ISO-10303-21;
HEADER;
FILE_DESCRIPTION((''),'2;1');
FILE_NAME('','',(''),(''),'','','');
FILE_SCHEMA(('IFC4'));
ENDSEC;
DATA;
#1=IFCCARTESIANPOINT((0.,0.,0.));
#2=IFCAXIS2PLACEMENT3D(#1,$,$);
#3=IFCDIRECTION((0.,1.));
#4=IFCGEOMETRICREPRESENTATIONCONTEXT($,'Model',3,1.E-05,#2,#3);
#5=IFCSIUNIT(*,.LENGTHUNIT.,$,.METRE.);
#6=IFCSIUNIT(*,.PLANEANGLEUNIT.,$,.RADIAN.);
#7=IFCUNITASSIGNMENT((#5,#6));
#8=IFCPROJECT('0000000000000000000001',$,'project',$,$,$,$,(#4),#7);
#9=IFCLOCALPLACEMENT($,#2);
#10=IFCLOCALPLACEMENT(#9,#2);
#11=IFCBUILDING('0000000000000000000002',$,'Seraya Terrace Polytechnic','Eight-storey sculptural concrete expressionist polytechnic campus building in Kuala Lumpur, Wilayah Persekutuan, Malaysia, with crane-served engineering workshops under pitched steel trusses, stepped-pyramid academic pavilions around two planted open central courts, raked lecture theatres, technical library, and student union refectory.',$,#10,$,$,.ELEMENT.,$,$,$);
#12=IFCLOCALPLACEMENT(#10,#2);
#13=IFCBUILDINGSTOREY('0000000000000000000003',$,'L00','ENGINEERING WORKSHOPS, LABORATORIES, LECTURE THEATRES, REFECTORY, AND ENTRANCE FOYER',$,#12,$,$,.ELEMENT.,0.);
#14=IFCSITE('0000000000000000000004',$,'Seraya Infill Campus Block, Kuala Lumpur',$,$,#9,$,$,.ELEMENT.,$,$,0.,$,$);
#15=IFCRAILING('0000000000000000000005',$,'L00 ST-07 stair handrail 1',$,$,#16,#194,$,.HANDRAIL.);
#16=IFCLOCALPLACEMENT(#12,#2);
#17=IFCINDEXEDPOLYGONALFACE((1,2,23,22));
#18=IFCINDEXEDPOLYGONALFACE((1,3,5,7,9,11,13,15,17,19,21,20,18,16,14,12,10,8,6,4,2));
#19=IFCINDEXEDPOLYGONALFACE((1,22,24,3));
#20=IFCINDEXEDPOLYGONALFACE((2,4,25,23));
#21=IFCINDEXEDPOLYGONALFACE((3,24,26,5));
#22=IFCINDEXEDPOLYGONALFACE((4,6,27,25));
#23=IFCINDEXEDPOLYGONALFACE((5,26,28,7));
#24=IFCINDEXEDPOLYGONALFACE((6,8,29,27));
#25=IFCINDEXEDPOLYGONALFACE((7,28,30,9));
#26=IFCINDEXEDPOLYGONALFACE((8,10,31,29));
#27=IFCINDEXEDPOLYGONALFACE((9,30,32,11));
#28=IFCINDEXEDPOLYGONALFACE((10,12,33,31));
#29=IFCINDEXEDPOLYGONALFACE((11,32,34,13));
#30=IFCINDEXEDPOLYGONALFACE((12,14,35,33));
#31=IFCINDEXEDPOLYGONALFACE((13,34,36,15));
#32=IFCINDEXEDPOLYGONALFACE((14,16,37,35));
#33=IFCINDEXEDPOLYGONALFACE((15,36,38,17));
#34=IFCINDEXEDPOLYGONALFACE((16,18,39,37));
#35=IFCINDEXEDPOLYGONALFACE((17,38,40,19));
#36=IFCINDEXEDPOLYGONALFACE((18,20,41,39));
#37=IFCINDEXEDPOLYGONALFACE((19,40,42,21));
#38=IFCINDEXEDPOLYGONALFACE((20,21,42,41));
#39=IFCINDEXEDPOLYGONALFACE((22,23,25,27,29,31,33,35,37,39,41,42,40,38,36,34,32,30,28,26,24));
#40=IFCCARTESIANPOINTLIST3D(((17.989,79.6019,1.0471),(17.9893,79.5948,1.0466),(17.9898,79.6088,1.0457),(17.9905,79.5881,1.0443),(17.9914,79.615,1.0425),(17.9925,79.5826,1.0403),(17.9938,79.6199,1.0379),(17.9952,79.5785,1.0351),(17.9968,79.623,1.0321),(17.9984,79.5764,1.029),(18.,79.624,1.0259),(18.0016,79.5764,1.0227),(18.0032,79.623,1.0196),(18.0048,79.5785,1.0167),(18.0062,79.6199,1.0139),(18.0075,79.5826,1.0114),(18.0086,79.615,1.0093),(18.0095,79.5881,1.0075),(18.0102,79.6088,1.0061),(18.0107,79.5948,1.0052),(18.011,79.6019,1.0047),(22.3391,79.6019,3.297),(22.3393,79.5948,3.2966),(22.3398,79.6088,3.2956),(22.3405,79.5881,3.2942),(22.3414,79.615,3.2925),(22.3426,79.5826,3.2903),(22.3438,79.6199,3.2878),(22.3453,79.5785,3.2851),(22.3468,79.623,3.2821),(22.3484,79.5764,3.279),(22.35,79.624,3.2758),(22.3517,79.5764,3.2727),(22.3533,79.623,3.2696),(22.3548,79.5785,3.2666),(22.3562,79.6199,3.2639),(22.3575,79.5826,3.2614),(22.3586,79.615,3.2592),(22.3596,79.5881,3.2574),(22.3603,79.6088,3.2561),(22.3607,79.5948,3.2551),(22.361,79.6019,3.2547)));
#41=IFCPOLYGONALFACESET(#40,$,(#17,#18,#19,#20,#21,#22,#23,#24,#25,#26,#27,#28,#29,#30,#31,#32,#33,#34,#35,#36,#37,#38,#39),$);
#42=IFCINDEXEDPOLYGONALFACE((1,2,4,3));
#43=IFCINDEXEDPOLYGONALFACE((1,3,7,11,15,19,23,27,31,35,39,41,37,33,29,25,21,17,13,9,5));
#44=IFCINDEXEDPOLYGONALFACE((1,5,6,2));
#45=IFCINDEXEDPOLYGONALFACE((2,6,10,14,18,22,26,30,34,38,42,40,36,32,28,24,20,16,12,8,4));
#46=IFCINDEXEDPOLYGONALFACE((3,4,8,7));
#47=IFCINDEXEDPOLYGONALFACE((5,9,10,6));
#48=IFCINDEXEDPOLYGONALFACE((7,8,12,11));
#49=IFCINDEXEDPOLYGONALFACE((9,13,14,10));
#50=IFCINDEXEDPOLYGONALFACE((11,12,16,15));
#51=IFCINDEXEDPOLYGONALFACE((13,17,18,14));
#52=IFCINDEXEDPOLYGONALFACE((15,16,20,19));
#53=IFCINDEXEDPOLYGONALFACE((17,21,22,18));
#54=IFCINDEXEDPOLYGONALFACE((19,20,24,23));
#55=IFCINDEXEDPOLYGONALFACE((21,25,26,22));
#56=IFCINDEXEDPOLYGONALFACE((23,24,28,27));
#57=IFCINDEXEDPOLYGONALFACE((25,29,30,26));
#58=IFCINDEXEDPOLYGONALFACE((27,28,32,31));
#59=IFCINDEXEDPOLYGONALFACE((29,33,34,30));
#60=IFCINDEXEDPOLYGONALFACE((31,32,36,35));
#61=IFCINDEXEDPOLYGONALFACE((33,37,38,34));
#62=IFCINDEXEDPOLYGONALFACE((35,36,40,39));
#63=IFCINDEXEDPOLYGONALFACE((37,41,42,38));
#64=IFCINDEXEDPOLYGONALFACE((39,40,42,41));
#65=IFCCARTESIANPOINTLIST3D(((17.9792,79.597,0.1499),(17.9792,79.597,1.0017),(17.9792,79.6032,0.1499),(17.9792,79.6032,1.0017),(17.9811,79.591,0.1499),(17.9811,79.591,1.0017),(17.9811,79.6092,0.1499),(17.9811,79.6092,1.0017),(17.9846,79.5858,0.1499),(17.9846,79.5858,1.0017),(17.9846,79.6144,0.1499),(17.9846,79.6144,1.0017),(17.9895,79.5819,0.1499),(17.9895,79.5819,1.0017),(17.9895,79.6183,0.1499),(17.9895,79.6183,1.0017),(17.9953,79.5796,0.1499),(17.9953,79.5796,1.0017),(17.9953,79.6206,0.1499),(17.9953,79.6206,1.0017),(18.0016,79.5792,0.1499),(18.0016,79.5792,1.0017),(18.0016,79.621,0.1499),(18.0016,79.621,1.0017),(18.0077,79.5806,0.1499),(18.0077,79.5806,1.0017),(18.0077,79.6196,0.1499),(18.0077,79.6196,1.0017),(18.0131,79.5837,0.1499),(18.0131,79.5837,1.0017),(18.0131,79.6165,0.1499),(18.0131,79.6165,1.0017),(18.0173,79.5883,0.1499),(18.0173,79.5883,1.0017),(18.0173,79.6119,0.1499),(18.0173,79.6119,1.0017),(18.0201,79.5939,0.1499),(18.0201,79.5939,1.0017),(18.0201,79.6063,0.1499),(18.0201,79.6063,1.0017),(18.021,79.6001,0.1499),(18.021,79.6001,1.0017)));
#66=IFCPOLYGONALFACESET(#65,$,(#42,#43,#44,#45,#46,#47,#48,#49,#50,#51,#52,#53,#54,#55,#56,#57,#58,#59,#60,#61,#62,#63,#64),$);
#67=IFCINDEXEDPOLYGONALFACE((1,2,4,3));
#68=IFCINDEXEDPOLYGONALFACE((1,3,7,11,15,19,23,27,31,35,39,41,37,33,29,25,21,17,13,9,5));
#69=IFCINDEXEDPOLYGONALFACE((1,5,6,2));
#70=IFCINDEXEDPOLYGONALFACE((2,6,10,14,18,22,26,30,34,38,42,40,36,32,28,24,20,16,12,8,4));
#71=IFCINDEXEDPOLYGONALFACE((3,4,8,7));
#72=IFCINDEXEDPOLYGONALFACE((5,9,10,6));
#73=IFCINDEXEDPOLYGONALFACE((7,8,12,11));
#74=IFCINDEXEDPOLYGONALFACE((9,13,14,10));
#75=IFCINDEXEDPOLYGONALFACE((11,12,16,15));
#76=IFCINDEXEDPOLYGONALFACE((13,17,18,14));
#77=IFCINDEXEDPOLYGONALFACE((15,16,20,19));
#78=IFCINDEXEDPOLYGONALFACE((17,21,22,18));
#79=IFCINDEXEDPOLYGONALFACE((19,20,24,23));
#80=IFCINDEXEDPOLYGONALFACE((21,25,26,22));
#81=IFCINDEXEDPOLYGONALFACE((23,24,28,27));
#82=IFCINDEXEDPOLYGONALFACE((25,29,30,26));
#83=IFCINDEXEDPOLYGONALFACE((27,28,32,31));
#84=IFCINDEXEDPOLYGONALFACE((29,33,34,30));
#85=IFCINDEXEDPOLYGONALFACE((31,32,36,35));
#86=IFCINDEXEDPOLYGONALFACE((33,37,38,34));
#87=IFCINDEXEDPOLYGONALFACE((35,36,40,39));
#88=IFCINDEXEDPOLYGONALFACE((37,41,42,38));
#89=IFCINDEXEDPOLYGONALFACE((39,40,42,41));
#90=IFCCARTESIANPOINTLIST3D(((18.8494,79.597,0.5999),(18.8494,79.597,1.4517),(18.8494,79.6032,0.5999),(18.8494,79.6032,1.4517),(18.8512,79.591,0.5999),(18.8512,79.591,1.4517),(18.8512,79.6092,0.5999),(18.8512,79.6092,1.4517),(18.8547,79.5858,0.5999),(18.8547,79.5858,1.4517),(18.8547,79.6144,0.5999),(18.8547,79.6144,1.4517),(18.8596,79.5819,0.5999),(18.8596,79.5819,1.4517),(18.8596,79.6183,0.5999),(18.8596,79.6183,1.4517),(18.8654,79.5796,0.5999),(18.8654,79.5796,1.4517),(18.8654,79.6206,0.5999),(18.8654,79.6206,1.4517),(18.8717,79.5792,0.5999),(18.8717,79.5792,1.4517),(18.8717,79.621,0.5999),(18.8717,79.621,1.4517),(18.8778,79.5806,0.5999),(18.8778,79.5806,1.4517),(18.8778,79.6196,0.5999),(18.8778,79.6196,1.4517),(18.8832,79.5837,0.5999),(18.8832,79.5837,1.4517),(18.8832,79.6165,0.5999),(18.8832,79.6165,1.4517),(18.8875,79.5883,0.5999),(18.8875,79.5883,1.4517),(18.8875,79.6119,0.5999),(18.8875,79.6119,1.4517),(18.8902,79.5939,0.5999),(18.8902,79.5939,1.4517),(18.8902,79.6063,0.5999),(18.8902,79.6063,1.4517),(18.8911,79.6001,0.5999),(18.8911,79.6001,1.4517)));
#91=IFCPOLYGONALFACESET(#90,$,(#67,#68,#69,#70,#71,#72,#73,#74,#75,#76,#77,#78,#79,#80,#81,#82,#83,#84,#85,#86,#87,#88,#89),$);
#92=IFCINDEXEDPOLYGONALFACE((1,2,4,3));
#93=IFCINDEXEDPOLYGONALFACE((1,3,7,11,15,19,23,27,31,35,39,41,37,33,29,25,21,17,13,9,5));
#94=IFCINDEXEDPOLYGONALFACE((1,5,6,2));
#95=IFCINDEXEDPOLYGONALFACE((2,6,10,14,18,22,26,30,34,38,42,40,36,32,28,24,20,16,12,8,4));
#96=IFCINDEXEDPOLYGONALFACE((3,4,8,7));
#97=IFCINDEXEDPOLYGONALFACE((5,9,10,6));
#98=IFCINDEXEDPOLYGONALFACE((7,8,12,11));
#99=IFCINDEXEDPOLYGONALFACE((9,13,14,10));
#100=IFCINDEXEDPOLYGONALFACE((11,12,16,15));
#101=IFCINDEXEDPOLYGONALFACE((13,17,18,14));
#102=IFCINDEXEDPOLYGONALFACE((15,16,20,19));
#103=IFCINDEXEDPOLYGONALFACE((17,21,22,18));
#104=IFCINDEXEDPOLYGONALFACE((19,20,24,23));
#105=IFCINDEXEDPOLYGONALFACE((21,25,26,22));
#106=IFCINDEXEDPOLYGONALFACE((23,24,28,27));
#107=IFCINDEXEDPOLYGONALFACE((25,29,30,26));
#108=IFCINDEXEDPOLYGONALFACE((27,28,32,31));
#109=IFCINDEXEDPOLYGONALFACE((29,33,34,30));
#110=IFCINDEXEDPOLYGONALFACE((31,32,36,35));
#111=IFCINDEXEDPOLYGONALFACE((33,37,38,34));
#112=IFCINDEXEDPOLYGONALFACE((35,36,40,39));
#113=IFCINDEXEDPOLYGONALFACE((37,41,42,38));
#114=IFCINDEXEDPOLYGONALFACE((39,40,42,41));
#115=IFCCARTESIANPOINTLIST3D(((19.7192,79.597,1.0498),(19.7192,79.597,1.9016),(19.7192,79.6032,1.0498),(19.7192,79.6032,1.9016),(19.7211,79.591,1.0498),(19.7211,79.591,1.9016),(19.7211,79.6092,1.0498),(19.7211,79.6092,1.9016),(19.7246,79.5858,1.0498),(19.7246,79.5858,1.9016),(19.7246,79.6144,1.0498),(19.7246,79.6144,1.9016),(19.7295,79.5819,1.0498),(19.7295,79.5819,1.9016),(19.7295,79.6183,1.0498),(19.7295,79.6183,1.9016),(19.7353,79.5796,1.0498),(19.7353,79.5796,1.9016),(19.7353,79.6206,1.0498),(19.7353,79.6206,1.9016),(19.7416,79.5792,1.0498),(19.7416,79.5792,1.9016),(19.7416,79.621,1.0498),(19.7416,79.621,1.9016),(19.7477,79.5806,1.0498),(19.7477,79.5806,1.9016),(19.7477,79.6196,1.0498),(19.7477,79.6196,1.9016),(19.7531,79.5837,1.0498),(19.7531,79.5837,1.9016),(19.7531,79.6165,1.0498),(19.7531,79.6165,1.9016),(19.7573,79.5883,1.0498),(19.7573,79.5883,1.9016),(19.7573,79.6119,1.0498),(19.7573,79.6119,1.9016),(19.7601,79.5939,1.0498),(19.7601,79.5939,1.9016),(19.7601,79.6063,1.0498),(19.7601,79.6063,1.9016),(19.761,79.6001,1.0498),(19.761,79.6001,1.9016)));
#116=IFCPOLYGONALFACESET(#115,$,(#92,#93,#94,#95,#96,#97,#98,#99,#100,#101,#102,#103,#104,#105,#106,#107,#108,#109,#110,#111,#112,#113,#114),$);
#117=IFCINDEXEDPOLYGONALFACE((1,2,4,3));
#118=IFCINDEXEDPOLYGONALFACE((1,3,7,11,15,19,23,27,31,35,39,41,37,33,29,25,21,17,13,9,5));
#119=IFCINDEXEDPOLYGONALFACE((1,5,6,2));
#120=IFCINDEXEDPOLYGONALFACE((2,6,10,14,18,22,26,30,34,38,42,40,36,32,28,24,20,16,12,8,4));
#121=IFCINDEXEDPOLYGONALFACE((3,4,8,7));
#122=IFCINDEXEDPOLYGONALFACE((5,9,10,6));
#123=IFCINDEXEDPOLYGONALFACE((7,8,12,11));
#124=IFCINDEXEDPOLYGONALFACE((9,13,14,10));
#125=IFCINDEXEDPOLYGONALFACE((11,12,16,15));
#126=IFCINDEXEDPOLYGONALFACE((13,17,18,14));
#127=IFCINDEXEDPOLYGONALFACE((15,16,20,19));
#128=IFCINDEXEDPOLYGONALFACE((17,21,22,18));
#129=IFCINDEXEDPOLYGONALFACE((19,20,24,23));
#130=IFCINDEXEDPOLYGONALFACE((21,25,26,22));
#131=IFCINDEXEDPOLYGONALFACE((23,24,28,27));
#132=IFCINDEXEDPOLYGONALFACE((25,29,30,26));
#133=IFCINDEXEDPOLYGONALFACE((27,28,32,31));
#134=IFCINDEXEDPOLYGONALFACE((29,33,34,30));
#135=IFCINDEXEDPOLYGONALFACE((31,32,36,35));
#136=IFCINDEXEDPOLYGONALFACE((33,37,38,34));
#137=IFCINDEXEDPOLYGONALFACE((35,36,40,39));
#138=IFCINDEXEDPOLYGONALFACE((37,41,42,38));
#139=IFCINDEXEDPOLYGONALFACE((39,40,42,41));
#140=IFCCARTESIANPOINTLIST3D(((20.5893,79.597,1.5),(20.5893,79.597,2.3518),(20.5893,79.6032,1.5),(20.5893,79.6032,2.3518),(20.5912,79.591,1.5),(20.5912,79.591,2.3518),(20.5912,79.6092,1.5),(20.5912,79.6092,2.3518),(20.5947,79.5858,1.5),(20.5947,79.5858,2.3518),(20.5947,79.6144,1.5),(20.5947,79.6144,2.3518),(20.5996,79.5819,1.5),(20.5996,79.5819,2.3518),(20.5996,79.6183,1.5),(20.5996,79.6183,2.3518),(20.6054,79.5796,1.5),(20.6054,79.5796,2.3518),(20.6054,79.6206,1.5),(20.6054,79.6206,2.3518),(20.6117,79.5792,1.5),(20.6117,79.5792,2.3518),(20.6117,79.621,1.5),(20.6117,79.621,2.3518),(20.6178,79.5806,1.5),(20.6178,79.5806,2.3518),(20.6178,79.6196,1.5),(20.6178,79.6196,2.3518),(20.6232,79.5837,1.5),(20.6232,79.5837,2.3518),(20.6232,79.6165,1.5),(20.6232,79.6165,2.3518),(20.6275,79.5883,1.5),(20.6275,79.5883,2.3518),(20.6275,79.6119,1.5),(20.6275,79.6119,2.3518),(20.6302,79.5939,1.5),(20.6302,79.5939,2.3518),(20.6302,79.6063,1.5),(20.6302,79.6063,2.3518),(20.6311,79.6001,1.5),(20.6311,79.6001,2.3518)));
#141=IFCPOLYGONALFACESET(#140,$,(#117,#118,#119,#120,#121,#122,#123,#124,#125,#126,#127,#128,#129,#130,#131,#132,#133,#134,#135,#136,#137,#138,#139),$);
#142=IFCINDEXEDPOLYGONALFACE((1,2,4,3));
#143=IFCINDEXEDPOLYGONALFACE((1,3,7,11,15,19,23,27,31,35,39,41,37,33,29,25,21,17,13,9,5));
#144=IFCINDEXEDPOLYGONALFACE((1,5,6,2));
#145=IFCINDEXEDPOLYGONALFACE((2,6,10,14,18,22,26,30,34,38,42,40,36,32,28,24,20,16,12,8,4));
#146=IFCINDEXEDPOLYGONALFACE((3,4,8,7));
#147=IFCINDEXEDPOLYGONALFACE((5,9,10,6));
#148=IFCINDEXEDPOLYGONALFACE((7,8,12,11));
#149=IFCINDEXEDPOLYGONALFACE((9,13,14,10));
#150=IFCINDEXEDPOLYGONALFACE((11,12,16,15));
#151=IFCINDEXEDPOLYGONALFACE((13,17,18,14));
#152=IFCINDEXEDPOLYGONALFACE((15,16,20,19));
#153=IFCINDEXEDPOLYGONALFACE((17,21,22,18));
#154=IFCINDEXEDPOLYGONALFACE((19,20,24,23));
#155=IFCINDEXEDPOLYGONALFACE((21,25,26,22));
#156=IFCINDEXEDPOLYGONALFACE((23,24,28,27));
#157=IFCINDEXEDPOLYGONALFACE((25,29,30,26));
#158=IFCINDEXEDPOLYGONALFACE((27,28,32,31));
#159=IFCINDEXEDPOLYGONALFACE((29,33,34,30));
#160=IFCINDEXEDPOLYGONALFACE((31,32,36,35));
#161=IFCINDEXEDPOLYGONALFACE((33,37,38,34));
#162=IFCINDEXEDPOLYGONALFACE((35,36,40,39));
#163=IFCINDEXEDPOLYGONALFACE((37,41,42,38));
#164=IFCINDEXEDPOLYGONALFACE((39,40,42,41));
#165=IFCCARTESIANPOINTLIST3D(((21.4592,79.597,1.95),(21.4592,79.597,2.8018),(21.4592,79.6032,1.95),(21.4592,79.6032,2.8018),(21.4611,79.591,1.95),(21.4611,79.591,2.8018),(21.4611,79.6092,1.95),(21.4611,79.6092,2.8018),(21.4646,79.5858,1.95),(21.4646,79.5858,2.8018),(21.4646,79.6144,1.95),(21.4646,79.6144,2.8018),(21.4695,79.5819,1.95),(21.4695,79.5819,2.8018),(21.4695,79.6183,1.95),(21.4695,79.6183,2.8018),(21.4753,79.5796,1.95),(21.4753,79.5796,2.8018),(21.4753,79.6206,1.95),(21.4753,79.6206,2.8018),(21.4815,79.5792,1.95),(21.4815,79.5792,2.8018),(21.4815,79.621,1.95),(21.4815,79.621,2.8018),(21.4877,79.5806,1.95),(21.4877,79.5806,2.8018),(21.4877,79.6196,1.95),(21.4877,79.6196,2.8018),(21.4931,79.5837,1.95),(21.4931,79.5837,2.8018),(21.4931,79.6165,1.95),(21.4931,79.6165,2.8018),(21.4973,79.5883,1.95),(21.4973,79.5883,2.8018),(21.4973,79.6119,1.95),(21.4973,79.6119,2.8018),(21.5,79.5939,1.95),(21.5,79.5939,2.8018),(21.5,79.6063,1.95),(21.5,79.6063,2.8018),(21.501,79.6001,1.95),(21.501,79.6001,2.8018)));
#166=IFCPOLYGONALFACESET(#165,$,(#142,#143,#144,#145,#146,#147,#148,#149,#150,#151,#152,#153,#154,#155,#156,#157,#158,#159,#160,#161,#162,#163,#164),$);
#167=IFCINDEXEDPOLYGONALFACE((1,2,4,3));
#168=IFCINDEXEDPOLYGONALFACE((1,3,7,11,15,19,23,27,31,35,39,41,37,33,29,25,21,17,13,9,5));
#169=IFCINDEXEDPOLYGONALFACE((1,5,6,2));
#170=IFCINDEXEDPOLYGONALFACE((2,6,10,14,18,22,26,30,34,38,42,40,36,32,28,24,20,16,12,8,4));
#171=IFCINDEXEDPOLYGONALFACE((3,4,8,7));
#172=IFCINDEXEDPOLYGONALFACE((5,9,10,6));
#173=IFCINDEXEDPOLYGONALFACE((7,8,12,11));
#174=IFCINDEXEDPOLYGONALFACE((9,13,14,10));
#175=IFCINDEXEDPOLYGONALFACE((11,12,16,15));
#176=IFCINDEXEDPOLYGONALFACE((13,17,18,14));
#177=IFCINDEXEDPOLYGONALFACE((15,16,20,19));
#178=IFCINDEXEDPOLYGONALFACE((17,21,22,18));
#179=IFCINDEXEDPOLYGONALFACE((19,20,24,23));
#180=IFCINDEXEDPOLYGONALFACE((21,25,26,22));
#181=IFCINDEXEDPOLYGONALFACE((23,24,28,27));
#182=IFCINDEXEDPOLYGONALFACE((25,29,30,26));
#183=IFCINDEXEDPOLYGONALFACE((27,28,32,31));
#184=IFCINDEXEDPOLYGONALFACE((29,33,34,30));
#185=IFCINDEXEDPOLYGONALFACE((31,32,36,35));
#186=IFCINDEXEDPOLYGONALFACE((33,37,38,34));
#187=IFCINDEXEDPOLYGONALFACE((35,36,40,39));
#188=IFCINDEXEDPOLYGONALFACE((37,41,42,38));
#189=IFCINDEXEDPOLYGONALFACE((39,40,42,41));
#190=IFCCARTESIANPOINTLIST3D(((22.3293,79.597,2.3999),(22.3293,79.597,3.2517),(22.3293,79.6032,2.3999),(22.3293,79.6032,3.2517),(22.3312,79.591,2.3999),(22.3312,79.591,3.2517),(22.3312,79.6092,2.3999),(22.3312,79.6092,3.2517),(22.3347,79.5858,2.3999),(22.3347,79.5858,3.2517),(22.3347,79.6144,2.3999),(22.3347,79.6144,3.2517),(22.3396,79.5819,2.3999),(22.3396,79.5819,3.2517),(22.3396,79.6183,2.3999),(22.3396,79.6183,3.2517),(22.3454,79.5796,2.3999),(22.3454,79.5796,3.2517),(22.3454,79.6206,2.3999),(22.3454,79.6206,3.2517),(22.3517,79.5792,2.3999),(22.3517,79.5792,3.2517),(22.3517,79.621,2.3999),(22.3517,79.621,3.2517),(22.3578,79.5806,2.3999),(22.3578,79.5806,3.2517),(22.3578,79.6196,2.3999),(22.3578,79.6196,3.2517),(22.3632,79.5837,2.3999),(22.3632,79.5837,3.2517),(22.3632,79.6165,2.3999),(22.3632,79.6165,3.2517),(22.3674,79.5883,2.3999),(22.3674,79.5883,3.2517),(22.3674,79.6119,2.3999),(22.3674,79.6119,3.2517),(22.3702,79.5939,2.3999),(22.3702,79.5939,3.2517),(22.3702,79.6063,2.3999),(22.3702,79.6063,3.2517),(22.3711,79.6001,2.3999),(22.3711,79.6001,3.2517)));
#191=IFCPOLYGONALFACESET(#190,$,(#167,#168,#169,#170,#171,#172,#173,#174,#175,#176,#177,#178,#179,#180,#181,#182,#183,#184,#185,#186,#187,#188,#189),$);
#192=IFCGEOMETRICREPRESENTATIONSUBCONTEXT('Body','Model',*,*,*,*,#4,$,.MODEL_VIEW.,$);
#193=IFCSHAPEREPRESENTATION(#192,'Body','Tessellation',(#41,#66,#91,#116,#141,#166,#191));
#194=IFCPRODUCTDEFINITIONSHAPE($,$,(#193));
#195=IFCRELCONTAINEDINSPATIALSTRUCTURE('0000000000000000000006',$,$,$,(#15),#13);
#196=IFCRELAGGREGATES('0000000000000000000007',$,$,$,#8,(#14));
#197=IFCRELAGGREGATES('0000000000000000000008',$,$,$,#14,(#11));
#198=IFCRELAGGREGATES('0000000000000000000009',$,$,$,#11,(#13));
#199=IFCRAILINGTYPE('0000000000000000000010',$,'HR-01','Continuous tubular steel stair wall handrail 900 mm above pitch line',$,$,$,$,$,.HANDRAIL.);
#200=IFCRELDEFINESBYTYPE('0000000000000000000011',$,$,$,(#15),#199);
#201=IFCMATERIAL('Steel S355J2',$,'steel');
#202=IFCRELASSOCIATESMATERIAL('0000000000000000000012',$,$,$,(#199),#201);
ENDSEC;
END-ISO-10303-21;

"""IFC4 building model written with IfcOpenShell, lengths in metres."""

from ifc_helpers import new_model, si_unit, direction, frame, origin, origin_2d, place, context, subcontext, project, spatial, circle, extrude, material, type_object, element, save


model = new_model("IFC4")

# Units and contexts
model_context = context("Model", 3, precision=1e-05, world=origin(), true_north=direction((0.0, 1.0)))
body_context = subcontext(model_context, "Body", "Model", "MODEL_VIEW")
ifc_project = project(units=[si_unit("LENGTHUNIT", "METRE"), si_unit("PLANEANGLEUNIT", "RADIAN")], contexts=[model_context])

# Site, building, storey
site_placement = place(None, origin())
site = spatial("IfcSite", under=ifc_project, at=site_placement, Name="Seraya Infill Campus Block, Kuala Lumpur", CompositionType="ELEMENT", RefElevation=0.0)
building_placement = place(site_placement, origin())
building = spatial("IfcBuilding", under=site, at=building_placement, Name="Seraya Terrace Polytechnic", Description="Eight-storey sculptural concrete expressionist polytechnic campus building in Kuala Lumpur, Wilayah Persekutuan, Malaysia, with crane-served engineering workshops under pitched steel trusses, stepped-pyramid academic pavilions around two planted open central courts, raked lecture theatres, technical library, and student union refectory.", CompositionType="ELEMENT")
storey_placement = place(building_placement, origin())
storey = spatial("IfcBuildingStorey", under=building, at=storey_placement, Name="L00", Description="ENGINEERING WORKSHOPS, LABORATORIES, LECTURE THEATRES, REFECTORY, AND ENTRANCE FOYER", CompositionType="ELEMENT", Elevation=0.0)

# Shared definitions
ifc_material_1 = material(Name="Steel S355J2", Category="steel")

# Railing
railing_type_1 = type_object("IfcRailingType", Name="HR-01", Description="Continuous tubular steel stair wall handrail 900 mm above pitch line", PredefinedType="HANDRAIL", material=ifc_material_1)
railing_1_placement = place(storey_placement, frame((18.0, 79.6001, 0.1499)))
element("IfcRailing", 1, at=railing_1_placement, inside=storey, type_object=railing_type_1, Name="L00 ST-07 stair handrail 1", PredefinedType="HANDRAIL", context=body_context, shape_type="SweptSolid", body=[
    extrude(circle(Radius=0.0239, at=origin_2d()), frame((0.0, 0.0, 0.876), z_axis=(0.888222, 0.0, 0.459415), x_axis=(0.0, 1.0, 0.0)), (0.0, 0.0, 1.0), 4.8975),
    extrude(circle(Radius=0.021, at=origin_2d()), origin(), (0.0, 0.0, 1.0), 0.8518),
    extrude(circle(Radius=0.021, at=origin_2d()), frame((0.8701, 0.0, 0.45)), (0.0, 0.0, 1.0), 0.8518),
    extrude(circle(Radius=0.021, at=origin_2d()), frame((1.74, 0.0, 0.8999)), (0.0, 0.0, 1.0), 0.8518),
    extrude(circle(Radius=0.021, at=origin_2d()), frame((2.6101, 0.0, 1.3501)), (0.0, 0.0, 1.0), 0.8518),
    extrude(circle(Radius=0.021, at=origin_2d()), frame((3.48, 0.0, 1.8)), (0.0, 0.0, 1.0), 0.8518),
    extrude(circle(Radius=0.021, at=origin_2d()), frame((4.3501, 0.0, 2.25)), (0.0, 0.0, 1.0), 0.8518),
])

save(model, "model.ifc")
